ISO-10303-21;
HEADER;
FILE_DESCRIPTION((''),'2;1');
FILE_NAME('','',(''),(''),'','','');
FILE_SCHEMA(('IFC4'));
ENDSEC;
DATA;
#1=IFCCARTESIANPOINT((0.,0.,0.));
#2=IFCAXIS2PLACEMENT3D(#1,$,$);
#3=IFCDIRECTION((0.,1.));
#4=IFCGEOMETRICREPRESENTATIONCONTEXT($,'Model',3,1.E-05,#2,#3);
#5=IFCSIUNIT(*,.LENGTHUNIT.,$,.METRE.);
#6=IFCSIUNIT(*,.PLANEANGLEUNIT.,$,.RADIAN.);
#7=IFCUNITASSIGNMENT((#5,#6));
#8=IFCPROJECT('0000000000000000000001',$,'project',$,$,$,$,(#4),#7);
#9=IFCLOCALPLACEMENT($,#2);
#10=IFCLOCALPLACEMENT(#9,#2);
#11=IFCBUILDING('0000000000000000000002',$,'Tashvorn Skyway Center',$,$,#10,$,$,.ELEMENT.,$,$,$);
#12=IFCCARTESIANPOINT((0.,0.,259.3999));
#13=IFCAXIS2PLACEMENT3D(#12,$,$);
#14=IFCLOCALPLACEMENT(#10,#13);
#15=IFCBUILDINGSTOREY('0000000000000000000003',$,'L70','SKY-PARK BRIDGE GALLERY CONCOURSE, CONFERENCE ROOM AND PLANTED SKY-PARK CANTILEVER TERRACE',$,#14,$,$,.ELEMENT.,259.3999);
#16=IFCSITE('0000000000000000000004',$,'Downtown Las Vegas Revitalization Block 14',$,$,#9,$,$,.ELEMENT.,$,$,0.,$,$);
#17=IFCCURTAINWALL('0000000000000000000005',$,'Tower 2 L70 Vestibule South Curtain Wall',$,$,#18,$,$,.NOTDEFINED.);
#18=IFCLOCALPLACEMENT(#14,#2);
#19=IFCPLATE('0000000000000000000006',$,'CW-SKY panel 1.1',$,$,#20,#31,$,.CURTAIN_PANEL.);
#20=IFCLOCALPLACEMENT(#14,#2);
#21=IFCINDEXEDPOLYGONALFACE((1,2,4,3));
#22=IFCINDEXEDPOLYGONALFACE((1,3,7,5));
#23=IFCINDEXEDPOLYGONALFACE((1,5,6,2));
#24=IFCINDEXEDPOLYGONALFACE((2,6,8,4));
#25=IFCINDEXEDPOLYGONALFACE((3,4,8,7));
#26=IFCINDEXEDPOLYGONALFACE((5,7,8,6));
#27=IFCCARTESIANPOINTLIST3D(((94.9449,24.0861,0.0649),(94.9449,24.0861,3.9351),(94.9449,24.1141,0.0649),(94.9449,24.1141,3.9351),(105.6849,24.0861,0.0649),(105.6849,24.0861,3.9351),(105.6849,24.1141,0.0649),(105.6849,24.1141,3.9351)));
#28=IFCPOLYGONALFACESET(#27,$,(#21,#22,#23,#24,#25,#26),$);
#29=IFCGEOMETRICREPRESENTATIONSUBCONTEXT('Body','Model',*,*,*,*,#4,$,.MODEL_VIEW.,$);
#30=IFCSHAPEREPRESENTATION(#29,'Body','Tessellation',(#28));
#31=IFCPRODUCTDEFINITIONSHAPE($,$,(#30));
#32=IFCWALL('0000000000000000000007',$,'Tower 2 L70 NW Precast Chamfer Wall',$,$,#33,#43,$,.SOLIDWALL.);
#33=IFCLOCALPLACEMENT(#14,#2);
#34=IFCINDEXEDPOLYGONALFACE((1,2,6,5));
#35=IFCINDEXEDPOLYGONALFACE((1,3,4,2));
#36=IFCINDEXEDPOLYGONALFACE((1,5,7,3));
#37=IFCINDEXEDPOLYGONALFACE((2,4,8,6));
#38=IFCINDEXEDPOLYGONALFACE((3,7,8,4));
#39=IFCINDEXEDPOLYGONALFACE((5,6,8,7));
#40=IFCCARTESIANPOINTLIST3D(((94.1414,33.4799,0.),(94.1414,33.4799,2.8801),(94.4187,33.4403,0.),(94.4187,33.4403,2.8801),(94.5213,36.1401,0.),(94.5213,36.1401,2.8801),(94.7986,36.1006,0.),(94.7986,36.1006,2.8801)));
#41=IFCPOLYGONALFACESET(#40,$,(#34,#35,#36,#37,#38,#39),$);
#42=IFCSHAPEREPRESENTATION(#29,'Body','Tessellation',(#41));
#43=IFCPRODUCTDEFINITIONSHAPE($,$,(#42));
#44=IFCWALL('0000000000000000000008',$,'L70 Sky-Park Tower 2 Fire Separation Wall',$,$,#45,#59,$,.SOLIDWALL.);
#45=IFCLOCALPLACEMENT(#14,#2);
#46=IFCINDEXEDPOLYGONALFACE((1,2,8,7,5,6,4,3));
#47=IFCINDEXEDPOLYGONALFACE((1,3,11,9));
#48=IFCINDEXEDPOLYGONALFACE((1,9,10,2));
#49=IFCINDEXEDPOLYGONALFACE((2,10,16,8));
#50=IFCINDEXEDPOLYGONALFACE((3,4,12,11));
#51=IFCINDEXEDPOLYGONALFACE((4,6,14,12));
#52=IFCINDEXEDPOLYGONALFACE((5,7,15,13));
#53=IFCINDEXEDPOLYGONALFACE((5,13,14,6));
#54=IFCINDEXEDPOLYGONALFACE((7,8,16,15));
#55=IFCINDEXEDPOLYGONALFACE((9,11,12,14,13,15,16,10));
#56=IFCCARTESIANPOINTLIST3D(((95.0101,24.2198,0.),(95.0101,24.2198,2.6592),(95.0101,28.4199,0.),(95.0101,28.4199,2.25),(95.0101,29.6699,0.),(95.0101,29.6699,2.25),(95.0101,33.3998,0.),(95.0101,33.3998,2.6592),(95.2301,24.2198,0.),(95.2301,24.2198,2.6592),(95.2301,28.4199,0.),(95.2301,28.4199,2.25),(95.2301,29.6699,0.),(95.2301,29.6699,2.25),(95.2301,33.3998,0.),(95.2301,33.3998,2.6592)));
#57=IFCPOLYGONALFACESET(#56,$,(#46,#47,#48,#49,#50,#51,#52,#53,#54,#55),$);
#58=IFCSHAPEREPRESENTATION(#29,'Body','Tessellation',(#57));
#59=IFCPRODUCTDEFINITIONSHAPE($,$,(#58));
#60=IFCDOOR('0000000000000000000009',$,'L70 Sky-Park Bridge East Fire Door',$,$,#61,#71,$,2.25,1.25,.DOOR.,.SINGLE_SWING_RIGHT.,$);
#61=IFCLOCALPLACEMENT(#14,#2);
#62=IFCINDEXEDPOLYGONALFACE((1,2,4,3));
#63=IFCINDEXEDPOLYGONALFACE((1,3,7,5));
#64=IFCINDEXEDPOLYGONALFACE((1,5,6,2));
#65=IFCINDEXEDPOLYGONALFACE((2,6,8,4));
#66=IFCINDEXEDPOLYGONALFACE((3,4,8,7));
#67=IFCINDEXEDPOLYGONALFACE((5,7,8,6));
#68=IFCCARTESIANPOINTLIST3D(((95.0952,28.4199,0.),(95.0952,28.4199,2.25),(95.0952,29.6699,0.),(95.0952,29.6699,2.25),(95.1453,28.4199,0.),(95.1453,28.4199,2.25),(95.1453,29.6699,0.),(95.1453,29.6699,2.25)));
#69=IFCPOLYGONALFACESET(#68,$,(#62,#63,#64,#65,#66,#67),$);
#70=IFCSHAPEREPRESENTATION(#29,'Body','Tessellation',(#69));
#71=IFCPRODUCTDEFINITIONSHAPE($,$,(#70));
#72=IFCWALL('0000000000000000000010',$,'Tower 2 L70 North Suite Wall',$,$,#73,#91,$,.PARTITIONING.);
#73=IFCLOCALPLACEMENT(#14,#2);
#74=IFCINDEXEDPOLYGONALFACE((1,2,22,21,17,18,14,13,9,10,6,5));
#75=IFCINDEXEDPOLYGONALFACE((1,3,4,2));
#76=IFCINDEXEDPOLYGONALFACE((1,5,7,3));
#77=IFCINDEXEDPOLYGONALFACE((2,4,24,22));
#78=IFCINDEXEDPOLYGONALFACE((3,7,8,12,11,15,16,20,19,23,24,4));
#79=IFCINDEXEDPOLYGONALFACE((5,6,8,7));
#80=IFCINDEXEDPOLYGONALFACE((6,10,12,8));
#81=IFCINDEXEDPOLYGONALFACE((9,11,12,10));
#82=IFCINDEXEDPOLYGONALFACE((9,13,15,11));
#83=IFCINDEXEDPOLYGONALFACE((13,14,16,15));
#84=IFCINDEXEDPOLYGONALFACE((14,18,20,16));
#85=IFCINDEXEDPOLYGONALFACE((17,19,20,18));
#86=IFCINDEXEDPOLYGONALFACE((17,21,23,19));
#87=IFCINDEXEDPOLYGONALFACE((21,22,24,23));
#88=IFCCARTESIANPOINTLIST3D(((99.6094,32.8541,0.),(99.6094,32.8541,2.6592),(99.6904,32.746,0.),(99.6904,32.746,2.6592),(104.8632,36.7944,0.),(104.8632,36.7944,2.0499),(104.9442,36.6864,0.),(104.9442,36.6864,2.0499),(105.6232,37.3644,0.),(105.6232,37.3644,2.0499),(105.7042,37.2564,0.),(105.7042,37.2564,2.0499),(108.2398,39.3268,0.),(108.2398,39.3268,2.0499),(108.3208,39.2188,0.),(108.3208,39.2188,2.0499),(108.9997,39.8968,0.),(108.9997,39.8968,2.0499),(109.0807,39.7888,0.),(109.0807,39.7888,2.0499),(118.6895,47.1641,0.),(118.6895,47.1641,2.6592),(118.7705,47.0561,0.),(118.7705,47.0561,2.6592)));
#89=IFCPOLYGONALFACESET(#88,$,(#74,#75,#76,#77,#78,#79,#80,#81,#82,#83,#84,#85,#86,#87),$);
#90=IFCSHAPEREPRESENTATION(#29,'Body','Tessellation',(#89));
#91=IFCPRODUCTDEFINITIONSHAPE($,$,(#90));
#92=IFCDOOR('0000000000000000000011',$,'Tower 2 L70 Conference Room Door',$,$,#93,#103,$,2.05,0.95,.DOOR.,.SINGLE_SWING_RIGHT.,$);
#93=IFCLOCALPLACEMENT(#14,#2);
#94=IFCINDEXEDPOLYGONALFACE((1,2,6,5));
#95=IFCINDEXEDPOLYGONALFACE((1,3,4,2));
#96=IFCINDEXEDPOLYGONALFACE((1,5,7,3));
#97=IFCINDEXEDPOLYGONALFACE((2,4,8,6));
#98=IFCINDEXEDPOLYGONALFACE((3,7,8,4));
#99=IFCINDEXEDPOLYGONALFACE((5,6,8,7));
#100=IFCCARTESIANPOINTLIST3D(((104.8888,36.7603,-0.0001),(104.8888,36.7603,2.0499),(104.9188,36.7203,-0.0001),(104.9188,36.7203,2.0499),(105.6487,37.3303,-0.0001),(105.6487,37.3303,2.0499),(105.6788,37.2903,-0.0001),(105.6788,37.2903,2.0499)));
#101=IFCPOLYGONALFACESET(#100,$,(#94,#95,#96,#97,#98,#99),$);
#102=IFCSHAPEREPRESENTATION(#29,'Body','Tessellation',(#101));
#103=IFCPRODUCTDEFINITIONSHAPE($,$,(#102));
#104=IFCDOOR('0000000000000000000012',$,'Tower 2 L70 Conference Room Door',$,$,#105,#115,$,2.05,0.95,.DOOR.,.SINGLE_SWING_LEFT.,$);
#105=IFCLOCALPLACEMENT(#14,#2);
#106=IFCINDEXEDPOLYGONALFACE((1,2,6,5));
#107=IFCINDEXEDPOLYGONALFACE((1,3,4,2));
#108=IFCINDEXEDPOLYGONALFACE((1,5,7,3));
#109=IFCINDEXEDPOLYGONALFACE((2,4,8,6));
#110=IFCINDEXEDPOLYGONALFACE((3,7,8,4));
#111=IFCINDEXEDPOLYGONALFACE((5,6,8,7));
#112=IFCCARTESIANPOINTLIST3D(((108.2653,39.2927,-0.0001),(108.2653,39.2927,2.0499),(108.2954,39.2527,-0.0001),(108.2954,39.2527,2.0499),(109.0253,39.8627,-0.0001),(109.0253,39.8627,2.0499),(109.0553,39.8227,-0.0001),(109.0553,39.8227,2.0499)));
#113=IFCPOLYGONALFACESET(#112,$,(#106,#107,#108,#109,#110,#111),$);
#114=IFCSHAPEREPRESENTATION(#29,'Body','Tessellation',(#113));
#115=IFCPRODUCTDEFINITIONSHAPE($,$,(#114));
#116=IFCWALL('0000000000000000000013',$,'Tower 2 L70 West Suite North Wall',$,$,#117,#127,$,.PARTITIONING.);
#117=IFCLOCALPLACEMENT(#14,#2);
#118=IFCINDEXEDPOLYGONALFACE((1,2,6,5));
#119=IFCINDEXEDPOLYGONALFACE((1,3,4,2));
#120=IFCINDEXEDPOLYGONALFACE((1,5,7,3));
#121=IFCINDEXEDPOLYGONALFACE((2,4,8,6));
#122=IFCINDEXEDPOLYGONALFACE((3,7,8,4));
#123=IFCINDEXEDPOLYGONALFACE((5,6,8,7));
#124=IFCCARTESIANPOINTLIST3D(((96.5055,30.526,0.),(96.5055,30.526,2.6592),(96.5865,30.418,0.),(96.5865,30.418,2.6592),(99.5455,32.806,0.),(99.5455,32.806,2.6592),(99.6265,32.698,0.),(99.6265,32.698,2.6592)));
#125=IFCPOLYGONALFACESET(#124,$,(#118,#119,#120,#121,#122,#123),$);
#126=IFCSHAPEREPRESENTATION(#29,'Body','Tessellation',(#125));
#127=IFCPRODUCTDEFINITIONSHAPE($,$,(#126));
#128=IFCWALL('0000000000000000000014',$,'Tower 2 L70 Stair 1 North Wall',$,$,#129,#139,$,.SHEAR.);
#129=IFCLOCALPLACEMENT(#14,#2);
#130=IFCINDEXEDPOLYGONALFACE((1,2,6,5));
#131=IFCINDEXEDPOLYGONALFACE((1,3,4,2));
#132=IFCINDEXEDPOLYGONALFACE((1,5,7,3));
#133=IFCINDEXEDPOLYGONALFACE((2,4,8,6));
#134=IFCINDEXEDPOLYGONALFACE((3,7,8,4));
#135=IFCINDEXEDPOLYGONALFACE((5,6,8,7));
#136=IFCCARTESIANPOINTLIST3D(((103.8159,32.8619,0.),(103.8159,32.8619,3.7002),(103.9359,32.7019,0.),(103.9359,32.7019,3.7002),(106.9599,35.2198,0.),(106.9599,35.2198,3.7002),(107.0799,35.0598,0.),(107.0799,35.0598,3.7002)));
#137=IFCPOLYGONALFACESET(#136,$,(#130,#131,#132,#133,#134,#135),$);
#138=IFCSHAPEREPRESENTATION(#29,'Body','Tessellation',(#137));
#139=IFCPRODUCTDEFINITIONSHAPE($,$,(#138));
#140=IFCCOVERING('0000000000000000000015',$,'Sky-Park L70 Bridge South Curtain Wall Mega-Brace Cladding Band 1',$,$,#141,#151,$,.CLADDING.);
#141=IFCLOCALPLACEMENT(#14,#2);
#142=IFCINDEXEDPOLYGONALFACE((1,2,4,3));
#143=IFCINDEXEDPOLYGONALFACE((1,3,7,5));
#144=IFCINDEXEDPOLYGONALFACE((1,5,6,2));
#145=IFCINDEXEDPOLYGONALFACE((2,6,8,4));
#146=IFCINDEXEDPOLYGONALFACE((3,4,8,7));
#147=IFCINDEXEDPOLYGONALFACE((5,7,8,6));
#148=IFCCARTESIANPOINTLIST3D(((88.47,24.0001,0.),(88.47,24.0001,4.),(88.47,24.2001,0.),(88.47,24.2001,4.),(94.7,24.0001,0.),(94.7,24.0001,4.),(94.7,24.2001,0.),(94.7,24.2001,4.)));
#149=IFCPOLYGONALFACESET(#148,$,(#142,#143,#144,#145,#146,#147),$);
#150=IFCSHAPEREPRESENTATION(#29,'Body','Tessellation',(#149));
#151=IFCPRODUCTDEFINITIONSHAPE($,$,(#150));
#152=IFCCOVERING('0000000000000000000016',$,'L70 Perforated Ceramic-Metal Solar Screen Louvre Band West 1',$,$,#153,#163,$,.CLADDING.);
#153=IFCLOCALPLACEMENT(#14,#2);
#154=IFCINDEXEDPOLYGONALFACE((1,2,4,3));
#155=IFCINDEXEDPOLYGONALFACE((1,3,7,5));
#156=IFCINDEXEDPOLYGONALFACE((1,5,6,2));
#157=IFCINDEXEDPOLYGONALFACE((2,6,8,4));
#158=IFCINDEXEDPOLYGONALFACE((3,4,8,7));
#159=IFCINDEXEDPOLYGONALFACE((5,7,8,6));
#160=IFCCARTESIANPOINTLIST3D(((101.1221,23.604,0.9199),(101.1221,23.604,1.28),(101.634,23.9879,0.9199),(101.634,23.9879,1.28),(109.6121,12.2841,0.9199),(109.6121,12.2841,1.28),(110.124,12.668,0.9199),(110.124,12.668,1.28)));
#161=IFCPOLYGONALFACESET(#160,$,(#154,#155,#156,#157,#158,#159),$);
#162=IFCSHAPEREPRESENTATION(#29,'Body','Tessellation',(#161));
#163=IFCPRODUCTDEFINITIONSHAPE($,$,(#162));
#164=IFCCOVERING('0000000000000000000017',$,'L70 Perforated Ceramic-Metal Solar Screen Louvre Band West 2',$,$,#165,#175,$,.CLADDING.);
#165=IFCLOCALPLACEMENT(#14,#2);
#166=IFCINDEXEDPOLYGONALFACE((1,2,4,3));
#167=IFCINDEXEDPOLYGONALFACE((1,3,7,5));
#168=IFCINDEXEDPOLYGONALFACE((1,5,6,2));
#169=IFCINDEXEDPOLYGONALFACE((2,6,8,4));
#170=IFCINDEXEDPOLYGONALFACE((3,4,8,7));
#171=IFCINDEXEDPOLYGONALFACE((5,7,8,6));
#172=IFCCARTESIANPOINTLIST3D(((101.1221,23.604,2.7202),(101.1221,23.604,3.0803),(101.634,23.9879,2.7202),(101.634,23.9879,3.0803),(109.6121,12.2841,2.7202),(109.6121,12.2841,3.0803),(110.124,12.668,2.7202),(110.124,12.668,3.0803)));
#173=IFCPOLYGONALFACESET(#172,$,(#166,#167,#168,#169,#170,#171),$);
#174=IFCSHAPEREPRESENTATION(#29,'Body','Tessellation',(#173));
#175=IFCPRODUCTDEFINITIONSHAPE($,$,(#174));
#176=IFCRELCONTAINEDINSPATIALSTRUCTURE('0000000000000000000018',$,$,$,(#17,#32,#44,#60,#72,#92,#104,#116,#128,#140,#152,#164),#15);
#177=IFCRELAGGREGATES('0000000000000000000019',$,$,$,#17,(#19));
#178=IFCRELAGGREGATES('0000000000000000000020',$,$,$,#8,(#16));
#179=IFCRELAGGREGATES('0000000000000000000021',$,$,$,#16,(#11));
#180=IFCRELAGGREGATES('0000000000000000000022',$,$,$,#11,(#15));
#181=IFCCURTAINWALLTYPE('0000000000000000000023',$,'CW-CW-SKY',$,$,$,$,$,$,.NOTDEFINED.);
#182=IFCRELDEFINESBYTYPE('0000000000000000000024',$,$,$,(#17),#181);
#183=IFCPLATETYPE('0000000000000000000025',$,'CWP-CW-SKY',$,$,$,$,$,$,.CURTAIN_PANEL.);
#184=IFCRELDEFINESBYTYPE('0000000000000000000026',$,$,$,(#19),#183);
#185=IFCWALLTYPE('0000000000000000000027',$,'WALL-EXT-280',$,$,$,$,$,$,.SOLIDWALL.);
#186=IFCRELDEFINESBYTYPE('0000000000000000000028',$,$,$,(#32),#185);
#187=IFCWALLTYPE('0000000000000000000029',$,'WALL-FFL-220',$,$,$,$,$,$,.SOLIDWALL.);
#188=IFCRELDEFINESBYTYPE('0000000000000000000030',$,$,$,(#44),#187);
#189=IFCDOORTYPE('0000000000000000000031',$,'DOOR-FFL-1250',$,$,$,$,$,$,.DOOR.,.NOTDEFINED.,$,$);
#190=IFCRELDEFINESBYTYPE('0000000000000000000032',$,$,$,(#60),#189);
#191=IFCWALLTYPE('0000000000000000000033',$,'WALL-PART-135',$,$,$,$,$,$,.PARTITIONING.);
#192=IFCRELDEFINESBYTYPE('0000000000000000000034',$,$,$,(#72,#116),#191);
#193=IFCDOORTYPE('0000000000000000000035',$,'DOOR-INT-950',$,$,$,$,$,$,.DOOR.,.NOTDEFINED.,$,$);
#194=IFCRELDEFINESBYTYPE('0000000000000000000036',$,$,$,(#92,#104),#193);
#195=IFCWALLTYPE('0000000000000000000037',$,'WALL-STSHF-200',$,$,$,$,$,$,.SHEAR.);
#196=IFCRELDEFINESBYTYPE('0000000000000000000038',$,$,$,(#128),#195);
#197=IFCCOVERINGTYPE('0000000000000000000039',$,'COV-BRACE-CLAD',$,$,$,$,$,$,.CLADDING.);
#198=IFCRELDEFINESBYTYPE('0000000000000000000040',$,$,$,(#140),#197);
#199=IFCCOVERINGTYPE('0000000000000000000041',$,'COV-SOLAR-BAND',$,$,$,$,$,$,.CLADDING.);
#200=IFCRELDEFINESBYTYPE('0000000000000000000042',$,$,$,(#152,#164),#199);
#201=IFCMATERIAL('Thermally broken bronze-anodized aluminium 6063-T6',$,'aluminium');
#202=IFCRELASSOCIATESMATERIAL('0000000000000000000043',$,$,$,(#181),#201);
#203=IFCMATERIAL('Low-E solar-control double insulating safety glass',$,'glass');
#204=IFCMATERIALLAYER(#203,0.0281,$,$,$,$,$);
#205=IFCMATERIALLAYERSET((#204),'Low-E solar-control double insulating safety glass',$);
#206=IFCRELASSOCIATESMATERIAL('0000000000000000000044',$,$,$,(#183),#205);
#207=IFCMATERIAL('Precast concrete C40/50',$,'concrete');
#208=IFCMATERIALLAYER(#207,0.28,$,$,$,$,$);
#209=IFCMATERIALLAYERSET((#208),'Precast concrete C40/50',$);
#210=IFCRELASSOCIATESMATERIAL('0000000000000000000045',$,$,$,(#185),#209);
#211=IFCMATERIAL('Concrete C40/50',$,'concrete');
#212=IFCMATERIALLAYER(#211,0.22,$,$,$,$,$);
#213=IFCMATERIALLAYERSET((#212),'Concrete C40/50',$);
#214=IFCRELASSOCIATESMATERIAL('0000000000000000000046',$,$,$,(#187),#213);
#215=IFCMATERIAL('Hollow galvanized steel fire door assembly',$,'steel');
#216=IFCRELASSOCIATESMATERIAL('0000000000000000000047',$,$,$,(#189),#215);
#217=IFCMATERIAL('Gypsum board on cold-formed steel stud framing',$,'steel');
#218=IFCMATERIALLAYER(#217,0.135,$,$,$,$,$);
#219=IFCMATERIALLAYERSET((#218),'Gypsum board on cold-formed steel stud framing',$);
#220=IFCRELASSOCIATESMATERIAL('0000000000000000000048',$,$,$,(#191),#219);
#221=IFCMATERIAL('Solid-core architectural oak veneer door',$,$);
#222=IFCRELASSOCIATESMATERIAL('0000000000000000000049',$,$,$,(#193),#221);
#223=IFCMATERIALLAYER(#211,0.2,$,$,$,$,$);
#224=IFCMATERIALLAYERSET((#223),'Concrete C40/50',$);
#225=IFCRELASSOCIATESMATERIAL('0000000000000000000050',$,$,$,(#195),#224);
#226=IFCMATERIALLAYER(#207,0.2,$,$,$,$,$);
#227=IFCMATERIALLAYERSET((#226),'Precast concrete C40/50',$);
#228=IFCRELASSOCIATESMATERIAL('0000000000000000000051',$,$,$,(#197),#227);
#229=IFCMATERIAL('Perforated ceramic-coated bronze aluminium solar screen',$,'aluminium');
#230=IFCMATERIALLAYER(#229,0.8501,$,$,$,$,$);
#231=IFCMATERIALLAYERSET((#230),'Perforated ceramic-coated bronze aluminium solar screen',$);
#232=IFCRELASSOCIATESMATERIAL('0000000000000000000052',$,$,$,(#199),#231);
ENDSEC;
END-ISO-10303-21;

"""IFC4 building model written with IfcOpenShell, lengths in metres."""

from ifc_helpers import new_model, si_unit, direction, frame, frame_2d, origin, origin_2d, place, context, subcontext, project, spatial, rectangle, extrude, material, layer, layer_set, type_object, element, fill, aggregate, save


model = new_model("IFC4")

# Units and contexts
model_context = context("Model", 3, precision=1e-05, world=origin(), true_north=direction((0.0, 1.0)))
body_context = subcontext(model_context, "Body", "Model", "MODEL_VIEW")
ifc_project = project(units=[si_unit("LENGTHUNIT", "METRE"), si_unit("PLANEANGLEUNIT", "RADIAN")], contexts=[model_context])

# Site, building, storey
site_placement = place(None, origin())
site = spatial("IfcSite", under=ifc_project, at=site_placement, Name="Downtown Las Vegas Revitalization Block 14", CompositionType="ELEMENT", RefElevation=0.0)
building_placement = place(site_placement, origin())
building = spatial("IfcBuilding", under=site, at=building_placement, Name="Tashvorn Skyway Center", CompositionType="ELEMENT")
storey_placement = place(building_placement, frame((0.0, 0.0, 259.3999)))
storey = spatial("IfcBuildingStorey", under=building, at=storey_placement, Name="L70", Description="SKY-PARK BRIDGE GALLERY CONCOURSE, CONFERENCE ROOM AND PLANTED SKY-PARK CANTILEVER TERRACE", CompositionType="ELEMENT", Elevation=259.3999)

# Curtain wall
ifc_material_1 = material(Name="Thermally broken bronze-anodized aluminium 6063-T6", Category="aluminium")
curtain_wall_type = type_object("IfcCurtainWallType", Name="CW-CW-SKY", PredefinedType="NOTDEFINED", material=ifc_material_1)
curtain_wall_1_placement = place(storey_placement, origin())
curtain_wall_1 = element("IfcCurtainWall", 1, at=curtain_wall_1_placement, inside=storey, type_object=curtain_wall_type, Name="Tower 2 L70 Vestibule South Curtain Wall", PredefinedType="NOTDEFINED")

# Plate
ifc_material_2 = material(Name="Low-E solar-control double insulating safety glass", Category="glass")
ifc_layer_1 = layer(ifc_material_2, 0.0281)
ifc_layer_set_1 = layer_set([ifc_layer_1], Name="Low-E solar-control double insulating safety glass")
plate_type = type_object("IfcPlateType", Name="CWP-CW-SKY", PredefinedType="CURTAIN_PANEL", material=ifc_layer_set_1)
plate_placement = place(storey_placement, frame((100.3149, 24.1001, 0.0649), z_axis=(0.0, 0.0, 1.0), x_axis=(-1.0, 0.0, 0.0)))
plate = element("IfcPlate", 2, at=plate_placement, type_object=plate_type, Name="CW-SKY panel 1.1", PredefinedType="CURTAIN_PANEL", context=body_context, shape_type="SweptSolid", body=[
    extrude(rectangle(XDim=10.74, YDim=0.0281, at=origin_2d()), origin(), (0.0, 0.0, 1.0), 3.8701),
])
aggregate(curtain_wall_1, [plate])

# Wall
ifc_material_3 = material(Name="Precast concrete C40/50", Category="concrete")
ifc_layer_2 = layer(ifc_material_3, 0.28)
ifc_layer_set_2 = layer_set([ifc_layer_2], Name="Precast concrete C40/50")
wall_type_1 = type_object("IfcWallType", Name="WALL-EXT-280", PredefinedType="SOLIDWALL", material=ifc_layer_set_2)
wall_1_placement = place(storey_placement, frame((94.28, 33.46, 0.0), z_axis=(0.0, 0.0, 1.0), x_axis=(0.14137, 0.989957, 0.0)))
element("IfcWall", 3, at=wall_1_placement, inside=storey, type_object=wall_type_1, Name="Tower 2 L70 NW Precast Chamfer Wall", PredefinedType="SOLIDWALL", context=body_context, shape_type="SweptSolid", body=[
    extrude(rectangle(XDim=2.6873, YDim=0.28, at=frame_2d((1.3438, 0.0))), origin(), (0.0, 0.0, 1.0), 2.8801),
])

# Wall, opening, door
ifc_material_4 = material(Name="Concrete C40/50", Category="concrete")
ifc_layer_3 = layer(ifc_material_4, 0.22)
ifc_layer_set_3 = layer_set([ifc_layer_3], Name="Concrete C40/50")
wall_type_2 = type_object("IfcWallType", Name="WALL-FFL-220", PredefinedType="SOLIDWALL", material=ifc_layer_set_3)
wall_2_placement = place(storey_placement, frame((95.1201, 24.22, 0.0), z_axis=(0.0, 0.0, 1.0), x_axis=(0.0, 1.0, 0.0)))
wall_2 = element("IfcWall", 4, at=wall_2_placement, inside=storey, type_object=wall_type_2, Name="L70 Sky-Park Tower 2 Fire Separation Wall", PredefinedType="SOLIDWALL", context=body_context, shape_type="SweptSolid", body=[
    extrude(rectangle(XDim=9.1799, YDim=0.22, at=frame_2d((4.5898, 0.0))), origin(), (0.0, 0.0, 1.0), 2.6592),
])
opening_1_placement = place(wall_2_placement, frame((4.2, 0.0, 0.0)))
opening_1 = element("IfcOpeningElement", 5, at=opening_1_placement, cuts=wall_2, PredefinedType="OPENING", context=body_context, shape_type="SweptSolid", body=[
    extrude(rectangle(XDim=1.25, YDim=2.25, at=frame_2d((0.625, 1.125))), frame((0.0, 0.1199, 0.0), z_axis=(0.0, -1.0, 0.0), x_axis=(1.0, 0.0, 0.0)), (0.0, 0.0, 1.0), 0.24),
])
ifc_material_5 = material(Name="Hollow galvanized steel fire door assembly", Category="steel")
door_type_1 = type_object("IfcDoorType", Name="DOOR-FFL-1250", OperationType="NOTDEFINED", PredefinedType="DOOR", material=ifc_material_5)
door_1_placement = place(opening_1_placement, origin())
door_1 = element("IfcDoor", 6, at=door_1_placement, inside=storey, type_object=door_type_1, Name="L70 Sky-Park Bridge East Fire Door", OperationType="SINGLE_SWING_RIGHT", OverallHeight=2.25, OverallWidth=1.25, PredefinedType="DOOR", context=body_context, shape_type="SweptSolid", body=[
    extrude(rectangle(XDim=1.25, YDim=2.25, at=frame_2d((0.625, 1.125))), frame((0.0, 0.0249, 0.0), z_axis=(0.0, -1.0, 0.0), x_axis=(1.0, 0.0, 0.0)), (0.0, 0.0, 1.0), 0.05),
])
fill(opening_1, door_1)

# Wall, openings, doors
ifc_material_6 = material(Name="Gypsum board on cold-formed steel stud framing", Category="steel")
ifc_layer_4 = layer(ifc_material_6, 0.135)
ifc_layer_set_4 = layer_set([ifc_layer_4], Name="Gypsum board on cold-formed steel stud framing")
wall_type_3 = type_object("IfcWallType", Name="WALL-PART-135", PredefinedType="PARTITIONING", material=ifc_layer_set_4)
wall_3_placement = place(storey_placement, frame((99.6499, 32.8, 0.0), z_axis=(0.0, 0.0, 1.0), x_axis=(0.8, 0.6, 0.0)))
wall_3 = element("IfcWall", 7, at=wall_3_placement, inside=storey, type_object=wall_type_3, Name="Tower 2 L70 North Suite Wall", PredefinedType="PARTITIONING", context=body_context, shape_type="SweptSolid", body=[
    extrude(rectangle(XDim=23.8501, YDim=0.135, at=frame_2d((11.925, 0.0))), origin(), (0.0, 0.0, 1.0), 2.6592),
])
opening_2_placement = place(wall_3_placement, frame((6.5671, 0.0, 0.0)))
opening_2 = element("IfcOpeningElement", 8, at=opening_2_placement, cuts=wall_3, PredefinedType="OPENING", context=body_context, shape_type="SweptSolid", body=[
    extrude(rectangle(XDim=0.95, YDim=2.05, at=frame_2d((0.4751, 1.0249))), frame((0.0, 0.0774, 0.0), z_axis=(0.0, -1.0, 0.0), x_axis=(1.0, 0.0, 0.0)), (0.0, 0.0, 1.0), 0.155),
])
opening_3_placement = place(wall_3_placement, frame((10.7878, 0.0, 0.0)))
opening_3 = element("IfcOpeningElement", 9, at=opening_3_placement, cuts=wall_3, PredefinedType="OPENING", context=body_context, shape_type="SweptSolid", body=[
    extrude(rectangle(XDim=0.95, YDim=2.05, at=frame_2d((0.4751, 1.0249))), frame((0.0, 0.0774, 0.0), z_axis=(0.0, -1.0, 0.0), x_axis=(1.0, 0.0, 0.0)), (0.0, 0.0, 1.0), 0.155),
])
ifc_material_7 = material(Name="Solid-core architectural oak veneer door")
door_type_2 = type_object("IfcDoorType", Name="DOOR-INT-950", OperationType="NOTDEFINED", PredefinedType="DOOR", material=ifc_material_7)
door_2_placement = place(opening_2_placement, origin())
door_2 = element("IfcDoor", 10, at=door_2_placement, inside=storey, type_object=door_type_2, Name="Tower 2 L70 Conference Room Door", OperationType="SINGLE_SWING_RIGHT", OverallHeight=2.05, OverallWidth=0.95, PredefinedType="DOOR", context=body_context, shape_type="SweptSolid", body=[
    extrude(rectangle(XDim=0.95, YDim=2.05, at=frame_2d((0.4751, 1.0249))), frame((0.0, 0.0249, 0.0), z_axis=(0.0, -1.0, 0.0), x_axis=(1.0, 0.0, 0.0)), (0.0, 0.0, 1.0), 0.05),
])
fill(opening_2, door_2)
door_3_placement = place(opening_3_placement, origin())
door_3 = element("IfcDoor", 11, at=door_3_placement, inside=storey, type_object=door_type_2, Name="Tower 2 L70 Conference Room Door", OperationType="SINGLE_SWING_LEFT", OverallHeight=2.05, OverallWidth=0.95, PredefinedType="DOOR", context=body_context, shape_type="SweptSolid", body=[
    extrude(rectangle(XDim=0.95, YDim=2.05, at=frame_2d((0.4751, 1.0249))), frame((0.0, 0.0249, 0.0), z_axis=(0.0, -1.0, 0.0), x_axis=(1.0, 0.0, 0.0)), (0.0, 0.0, 1.0), 0.05),
])
fill(opening_3, door_3)

# Walls
wall_4_placement = place(storey_placement, frame((99.5859, 32.752, 0.0), z_axis=(0.0, 0.0, 1.0), x_axis=(-0.8, -0.6, 0.0)))
element("IfcWall", 12, at=wall_4_placement, inside=storey, type_object=wall_type_3, Name="Tower 2 L70 West Suite North Wall", PredefinedType="PARTITIONING", context=body_context, shape_type="SweptSolid", body=[
    extrude(rectangle(XDim=3.8, YDim=0.135, at=frame_2d((1.8999, 0.0))), origin(), (0.0, 0.0, 1.0), 2.6592),
])
ifc_layer_5 = layer(ifc_material_4, 0.2)
ifc_layer_set_5 = layer_set([ifc_layer_5], Name="Concrete C40/50")
wall_type_4 = type_object("IfcWallType", Name="WALL-STSHF-200", PredefinedType="SHEAR", material=ifc_layer_set_5)
wall_5_placement = place(storey_placement, frame((103.876, 32.782, 0.0), z_axis=(0.0, 0.0, 1.0), x_axis=(0.800015, 0.59998, 0.0)))
element("IfcWall", 13, at=wall_5_placement, inside=storey, type_object=wall_type_4, Name="Tower 2 L70 Stair 1 North Wall", PredefinedType="SHEAR", context=body_context, shape_type="SweptSolid", body=[
    extrude(rectangle(XDim=3.9299, YDim=0.2, at=frame_2d((1.9648, 0.0))), origin(), (0.0, 0.0, 1.0), 3.7002),
])

# Coverings
ifc_layer_6 = layer(ifc_material_3, 0.2)
ifc_layer_set_6 = layer_set([ifc_layer_6], Name="Precast concrete C40/50")
covering_type_1 = type_object("IfcCoveringType", Name="COV-BRACE-CLAD", PredefinedType="CLADDING", material=ifc_layer_set_6)
covering_placement = place(storey_placement, frame((91.585, 24.1001, 0.0), z_axis=(0.0, 0.0, 1.0), x_axis=(-1.0, 0.0, 0.0)))
element("IfcCovering", 14, at=covering_placement, inside=storey, type_object=covering_type_1, Name="Sky-Park L70 Bridge South Curtain Wall Mega-Brace Cladding Band 1", PredefinedType="CLADDING", context=body_context, shape_type="SweptSolid", body=[
    extrude(rectangle(XDim=6.23, YDim=0.2, at=origin_2d()), origin(), (0.0, 0.0, 1.0), 4.0),
])
ifc_material_8 = material(Name="Perforated ceramic-coated bronze aluminium solar screen", Category="aluminium")
ifc_layer_7 = layer(ifc_material_8, 0.8501)
ifc_layer_set_7 = layer_set([ifc_layer_7], Name="Perforated ceramic-coated bronze aluminium solar screen")
covering_type_2 = type_object("IfcCoveringType", Name="COV-SOLAR-BAND", PredefinedType="CLADDING", material=ifc_layer_set_7)
for number, where, z_axis, x_axis, name in (
    (15, (105.623, 18.136, 0.9199), (0.0, 0.0, 1.0), (-0.6, 0.8, 0.0), "L70 Perforated Ceramic-Metal Solar Screen Louvre Band West 1"),
    (16, (105.623, 18.136, 2.7202), (0.0, 0.0, 1.0), (-0.6, 0.8, 0.0), "L70 Perforated Ceramic-Metal Solar Screen Louvre Band West 2"),
):
    element("IfcCovering", number, at=place(storey_placement, frame(where, z_axis=z_axis, x_axis=x_axis)), inside=storey, type_object=covering_type_2, Name=name, PredefinedType="CLADDING", context=body_context, shape_type="SweptSolid", body=[
        extrude(rectangle(XDim=14.1499, YDim=0.6399, at=origin_2d()), origin(), (0.0, 0.0, 1.0), 0.3601),
    ])

save(model, "model.ifc")
